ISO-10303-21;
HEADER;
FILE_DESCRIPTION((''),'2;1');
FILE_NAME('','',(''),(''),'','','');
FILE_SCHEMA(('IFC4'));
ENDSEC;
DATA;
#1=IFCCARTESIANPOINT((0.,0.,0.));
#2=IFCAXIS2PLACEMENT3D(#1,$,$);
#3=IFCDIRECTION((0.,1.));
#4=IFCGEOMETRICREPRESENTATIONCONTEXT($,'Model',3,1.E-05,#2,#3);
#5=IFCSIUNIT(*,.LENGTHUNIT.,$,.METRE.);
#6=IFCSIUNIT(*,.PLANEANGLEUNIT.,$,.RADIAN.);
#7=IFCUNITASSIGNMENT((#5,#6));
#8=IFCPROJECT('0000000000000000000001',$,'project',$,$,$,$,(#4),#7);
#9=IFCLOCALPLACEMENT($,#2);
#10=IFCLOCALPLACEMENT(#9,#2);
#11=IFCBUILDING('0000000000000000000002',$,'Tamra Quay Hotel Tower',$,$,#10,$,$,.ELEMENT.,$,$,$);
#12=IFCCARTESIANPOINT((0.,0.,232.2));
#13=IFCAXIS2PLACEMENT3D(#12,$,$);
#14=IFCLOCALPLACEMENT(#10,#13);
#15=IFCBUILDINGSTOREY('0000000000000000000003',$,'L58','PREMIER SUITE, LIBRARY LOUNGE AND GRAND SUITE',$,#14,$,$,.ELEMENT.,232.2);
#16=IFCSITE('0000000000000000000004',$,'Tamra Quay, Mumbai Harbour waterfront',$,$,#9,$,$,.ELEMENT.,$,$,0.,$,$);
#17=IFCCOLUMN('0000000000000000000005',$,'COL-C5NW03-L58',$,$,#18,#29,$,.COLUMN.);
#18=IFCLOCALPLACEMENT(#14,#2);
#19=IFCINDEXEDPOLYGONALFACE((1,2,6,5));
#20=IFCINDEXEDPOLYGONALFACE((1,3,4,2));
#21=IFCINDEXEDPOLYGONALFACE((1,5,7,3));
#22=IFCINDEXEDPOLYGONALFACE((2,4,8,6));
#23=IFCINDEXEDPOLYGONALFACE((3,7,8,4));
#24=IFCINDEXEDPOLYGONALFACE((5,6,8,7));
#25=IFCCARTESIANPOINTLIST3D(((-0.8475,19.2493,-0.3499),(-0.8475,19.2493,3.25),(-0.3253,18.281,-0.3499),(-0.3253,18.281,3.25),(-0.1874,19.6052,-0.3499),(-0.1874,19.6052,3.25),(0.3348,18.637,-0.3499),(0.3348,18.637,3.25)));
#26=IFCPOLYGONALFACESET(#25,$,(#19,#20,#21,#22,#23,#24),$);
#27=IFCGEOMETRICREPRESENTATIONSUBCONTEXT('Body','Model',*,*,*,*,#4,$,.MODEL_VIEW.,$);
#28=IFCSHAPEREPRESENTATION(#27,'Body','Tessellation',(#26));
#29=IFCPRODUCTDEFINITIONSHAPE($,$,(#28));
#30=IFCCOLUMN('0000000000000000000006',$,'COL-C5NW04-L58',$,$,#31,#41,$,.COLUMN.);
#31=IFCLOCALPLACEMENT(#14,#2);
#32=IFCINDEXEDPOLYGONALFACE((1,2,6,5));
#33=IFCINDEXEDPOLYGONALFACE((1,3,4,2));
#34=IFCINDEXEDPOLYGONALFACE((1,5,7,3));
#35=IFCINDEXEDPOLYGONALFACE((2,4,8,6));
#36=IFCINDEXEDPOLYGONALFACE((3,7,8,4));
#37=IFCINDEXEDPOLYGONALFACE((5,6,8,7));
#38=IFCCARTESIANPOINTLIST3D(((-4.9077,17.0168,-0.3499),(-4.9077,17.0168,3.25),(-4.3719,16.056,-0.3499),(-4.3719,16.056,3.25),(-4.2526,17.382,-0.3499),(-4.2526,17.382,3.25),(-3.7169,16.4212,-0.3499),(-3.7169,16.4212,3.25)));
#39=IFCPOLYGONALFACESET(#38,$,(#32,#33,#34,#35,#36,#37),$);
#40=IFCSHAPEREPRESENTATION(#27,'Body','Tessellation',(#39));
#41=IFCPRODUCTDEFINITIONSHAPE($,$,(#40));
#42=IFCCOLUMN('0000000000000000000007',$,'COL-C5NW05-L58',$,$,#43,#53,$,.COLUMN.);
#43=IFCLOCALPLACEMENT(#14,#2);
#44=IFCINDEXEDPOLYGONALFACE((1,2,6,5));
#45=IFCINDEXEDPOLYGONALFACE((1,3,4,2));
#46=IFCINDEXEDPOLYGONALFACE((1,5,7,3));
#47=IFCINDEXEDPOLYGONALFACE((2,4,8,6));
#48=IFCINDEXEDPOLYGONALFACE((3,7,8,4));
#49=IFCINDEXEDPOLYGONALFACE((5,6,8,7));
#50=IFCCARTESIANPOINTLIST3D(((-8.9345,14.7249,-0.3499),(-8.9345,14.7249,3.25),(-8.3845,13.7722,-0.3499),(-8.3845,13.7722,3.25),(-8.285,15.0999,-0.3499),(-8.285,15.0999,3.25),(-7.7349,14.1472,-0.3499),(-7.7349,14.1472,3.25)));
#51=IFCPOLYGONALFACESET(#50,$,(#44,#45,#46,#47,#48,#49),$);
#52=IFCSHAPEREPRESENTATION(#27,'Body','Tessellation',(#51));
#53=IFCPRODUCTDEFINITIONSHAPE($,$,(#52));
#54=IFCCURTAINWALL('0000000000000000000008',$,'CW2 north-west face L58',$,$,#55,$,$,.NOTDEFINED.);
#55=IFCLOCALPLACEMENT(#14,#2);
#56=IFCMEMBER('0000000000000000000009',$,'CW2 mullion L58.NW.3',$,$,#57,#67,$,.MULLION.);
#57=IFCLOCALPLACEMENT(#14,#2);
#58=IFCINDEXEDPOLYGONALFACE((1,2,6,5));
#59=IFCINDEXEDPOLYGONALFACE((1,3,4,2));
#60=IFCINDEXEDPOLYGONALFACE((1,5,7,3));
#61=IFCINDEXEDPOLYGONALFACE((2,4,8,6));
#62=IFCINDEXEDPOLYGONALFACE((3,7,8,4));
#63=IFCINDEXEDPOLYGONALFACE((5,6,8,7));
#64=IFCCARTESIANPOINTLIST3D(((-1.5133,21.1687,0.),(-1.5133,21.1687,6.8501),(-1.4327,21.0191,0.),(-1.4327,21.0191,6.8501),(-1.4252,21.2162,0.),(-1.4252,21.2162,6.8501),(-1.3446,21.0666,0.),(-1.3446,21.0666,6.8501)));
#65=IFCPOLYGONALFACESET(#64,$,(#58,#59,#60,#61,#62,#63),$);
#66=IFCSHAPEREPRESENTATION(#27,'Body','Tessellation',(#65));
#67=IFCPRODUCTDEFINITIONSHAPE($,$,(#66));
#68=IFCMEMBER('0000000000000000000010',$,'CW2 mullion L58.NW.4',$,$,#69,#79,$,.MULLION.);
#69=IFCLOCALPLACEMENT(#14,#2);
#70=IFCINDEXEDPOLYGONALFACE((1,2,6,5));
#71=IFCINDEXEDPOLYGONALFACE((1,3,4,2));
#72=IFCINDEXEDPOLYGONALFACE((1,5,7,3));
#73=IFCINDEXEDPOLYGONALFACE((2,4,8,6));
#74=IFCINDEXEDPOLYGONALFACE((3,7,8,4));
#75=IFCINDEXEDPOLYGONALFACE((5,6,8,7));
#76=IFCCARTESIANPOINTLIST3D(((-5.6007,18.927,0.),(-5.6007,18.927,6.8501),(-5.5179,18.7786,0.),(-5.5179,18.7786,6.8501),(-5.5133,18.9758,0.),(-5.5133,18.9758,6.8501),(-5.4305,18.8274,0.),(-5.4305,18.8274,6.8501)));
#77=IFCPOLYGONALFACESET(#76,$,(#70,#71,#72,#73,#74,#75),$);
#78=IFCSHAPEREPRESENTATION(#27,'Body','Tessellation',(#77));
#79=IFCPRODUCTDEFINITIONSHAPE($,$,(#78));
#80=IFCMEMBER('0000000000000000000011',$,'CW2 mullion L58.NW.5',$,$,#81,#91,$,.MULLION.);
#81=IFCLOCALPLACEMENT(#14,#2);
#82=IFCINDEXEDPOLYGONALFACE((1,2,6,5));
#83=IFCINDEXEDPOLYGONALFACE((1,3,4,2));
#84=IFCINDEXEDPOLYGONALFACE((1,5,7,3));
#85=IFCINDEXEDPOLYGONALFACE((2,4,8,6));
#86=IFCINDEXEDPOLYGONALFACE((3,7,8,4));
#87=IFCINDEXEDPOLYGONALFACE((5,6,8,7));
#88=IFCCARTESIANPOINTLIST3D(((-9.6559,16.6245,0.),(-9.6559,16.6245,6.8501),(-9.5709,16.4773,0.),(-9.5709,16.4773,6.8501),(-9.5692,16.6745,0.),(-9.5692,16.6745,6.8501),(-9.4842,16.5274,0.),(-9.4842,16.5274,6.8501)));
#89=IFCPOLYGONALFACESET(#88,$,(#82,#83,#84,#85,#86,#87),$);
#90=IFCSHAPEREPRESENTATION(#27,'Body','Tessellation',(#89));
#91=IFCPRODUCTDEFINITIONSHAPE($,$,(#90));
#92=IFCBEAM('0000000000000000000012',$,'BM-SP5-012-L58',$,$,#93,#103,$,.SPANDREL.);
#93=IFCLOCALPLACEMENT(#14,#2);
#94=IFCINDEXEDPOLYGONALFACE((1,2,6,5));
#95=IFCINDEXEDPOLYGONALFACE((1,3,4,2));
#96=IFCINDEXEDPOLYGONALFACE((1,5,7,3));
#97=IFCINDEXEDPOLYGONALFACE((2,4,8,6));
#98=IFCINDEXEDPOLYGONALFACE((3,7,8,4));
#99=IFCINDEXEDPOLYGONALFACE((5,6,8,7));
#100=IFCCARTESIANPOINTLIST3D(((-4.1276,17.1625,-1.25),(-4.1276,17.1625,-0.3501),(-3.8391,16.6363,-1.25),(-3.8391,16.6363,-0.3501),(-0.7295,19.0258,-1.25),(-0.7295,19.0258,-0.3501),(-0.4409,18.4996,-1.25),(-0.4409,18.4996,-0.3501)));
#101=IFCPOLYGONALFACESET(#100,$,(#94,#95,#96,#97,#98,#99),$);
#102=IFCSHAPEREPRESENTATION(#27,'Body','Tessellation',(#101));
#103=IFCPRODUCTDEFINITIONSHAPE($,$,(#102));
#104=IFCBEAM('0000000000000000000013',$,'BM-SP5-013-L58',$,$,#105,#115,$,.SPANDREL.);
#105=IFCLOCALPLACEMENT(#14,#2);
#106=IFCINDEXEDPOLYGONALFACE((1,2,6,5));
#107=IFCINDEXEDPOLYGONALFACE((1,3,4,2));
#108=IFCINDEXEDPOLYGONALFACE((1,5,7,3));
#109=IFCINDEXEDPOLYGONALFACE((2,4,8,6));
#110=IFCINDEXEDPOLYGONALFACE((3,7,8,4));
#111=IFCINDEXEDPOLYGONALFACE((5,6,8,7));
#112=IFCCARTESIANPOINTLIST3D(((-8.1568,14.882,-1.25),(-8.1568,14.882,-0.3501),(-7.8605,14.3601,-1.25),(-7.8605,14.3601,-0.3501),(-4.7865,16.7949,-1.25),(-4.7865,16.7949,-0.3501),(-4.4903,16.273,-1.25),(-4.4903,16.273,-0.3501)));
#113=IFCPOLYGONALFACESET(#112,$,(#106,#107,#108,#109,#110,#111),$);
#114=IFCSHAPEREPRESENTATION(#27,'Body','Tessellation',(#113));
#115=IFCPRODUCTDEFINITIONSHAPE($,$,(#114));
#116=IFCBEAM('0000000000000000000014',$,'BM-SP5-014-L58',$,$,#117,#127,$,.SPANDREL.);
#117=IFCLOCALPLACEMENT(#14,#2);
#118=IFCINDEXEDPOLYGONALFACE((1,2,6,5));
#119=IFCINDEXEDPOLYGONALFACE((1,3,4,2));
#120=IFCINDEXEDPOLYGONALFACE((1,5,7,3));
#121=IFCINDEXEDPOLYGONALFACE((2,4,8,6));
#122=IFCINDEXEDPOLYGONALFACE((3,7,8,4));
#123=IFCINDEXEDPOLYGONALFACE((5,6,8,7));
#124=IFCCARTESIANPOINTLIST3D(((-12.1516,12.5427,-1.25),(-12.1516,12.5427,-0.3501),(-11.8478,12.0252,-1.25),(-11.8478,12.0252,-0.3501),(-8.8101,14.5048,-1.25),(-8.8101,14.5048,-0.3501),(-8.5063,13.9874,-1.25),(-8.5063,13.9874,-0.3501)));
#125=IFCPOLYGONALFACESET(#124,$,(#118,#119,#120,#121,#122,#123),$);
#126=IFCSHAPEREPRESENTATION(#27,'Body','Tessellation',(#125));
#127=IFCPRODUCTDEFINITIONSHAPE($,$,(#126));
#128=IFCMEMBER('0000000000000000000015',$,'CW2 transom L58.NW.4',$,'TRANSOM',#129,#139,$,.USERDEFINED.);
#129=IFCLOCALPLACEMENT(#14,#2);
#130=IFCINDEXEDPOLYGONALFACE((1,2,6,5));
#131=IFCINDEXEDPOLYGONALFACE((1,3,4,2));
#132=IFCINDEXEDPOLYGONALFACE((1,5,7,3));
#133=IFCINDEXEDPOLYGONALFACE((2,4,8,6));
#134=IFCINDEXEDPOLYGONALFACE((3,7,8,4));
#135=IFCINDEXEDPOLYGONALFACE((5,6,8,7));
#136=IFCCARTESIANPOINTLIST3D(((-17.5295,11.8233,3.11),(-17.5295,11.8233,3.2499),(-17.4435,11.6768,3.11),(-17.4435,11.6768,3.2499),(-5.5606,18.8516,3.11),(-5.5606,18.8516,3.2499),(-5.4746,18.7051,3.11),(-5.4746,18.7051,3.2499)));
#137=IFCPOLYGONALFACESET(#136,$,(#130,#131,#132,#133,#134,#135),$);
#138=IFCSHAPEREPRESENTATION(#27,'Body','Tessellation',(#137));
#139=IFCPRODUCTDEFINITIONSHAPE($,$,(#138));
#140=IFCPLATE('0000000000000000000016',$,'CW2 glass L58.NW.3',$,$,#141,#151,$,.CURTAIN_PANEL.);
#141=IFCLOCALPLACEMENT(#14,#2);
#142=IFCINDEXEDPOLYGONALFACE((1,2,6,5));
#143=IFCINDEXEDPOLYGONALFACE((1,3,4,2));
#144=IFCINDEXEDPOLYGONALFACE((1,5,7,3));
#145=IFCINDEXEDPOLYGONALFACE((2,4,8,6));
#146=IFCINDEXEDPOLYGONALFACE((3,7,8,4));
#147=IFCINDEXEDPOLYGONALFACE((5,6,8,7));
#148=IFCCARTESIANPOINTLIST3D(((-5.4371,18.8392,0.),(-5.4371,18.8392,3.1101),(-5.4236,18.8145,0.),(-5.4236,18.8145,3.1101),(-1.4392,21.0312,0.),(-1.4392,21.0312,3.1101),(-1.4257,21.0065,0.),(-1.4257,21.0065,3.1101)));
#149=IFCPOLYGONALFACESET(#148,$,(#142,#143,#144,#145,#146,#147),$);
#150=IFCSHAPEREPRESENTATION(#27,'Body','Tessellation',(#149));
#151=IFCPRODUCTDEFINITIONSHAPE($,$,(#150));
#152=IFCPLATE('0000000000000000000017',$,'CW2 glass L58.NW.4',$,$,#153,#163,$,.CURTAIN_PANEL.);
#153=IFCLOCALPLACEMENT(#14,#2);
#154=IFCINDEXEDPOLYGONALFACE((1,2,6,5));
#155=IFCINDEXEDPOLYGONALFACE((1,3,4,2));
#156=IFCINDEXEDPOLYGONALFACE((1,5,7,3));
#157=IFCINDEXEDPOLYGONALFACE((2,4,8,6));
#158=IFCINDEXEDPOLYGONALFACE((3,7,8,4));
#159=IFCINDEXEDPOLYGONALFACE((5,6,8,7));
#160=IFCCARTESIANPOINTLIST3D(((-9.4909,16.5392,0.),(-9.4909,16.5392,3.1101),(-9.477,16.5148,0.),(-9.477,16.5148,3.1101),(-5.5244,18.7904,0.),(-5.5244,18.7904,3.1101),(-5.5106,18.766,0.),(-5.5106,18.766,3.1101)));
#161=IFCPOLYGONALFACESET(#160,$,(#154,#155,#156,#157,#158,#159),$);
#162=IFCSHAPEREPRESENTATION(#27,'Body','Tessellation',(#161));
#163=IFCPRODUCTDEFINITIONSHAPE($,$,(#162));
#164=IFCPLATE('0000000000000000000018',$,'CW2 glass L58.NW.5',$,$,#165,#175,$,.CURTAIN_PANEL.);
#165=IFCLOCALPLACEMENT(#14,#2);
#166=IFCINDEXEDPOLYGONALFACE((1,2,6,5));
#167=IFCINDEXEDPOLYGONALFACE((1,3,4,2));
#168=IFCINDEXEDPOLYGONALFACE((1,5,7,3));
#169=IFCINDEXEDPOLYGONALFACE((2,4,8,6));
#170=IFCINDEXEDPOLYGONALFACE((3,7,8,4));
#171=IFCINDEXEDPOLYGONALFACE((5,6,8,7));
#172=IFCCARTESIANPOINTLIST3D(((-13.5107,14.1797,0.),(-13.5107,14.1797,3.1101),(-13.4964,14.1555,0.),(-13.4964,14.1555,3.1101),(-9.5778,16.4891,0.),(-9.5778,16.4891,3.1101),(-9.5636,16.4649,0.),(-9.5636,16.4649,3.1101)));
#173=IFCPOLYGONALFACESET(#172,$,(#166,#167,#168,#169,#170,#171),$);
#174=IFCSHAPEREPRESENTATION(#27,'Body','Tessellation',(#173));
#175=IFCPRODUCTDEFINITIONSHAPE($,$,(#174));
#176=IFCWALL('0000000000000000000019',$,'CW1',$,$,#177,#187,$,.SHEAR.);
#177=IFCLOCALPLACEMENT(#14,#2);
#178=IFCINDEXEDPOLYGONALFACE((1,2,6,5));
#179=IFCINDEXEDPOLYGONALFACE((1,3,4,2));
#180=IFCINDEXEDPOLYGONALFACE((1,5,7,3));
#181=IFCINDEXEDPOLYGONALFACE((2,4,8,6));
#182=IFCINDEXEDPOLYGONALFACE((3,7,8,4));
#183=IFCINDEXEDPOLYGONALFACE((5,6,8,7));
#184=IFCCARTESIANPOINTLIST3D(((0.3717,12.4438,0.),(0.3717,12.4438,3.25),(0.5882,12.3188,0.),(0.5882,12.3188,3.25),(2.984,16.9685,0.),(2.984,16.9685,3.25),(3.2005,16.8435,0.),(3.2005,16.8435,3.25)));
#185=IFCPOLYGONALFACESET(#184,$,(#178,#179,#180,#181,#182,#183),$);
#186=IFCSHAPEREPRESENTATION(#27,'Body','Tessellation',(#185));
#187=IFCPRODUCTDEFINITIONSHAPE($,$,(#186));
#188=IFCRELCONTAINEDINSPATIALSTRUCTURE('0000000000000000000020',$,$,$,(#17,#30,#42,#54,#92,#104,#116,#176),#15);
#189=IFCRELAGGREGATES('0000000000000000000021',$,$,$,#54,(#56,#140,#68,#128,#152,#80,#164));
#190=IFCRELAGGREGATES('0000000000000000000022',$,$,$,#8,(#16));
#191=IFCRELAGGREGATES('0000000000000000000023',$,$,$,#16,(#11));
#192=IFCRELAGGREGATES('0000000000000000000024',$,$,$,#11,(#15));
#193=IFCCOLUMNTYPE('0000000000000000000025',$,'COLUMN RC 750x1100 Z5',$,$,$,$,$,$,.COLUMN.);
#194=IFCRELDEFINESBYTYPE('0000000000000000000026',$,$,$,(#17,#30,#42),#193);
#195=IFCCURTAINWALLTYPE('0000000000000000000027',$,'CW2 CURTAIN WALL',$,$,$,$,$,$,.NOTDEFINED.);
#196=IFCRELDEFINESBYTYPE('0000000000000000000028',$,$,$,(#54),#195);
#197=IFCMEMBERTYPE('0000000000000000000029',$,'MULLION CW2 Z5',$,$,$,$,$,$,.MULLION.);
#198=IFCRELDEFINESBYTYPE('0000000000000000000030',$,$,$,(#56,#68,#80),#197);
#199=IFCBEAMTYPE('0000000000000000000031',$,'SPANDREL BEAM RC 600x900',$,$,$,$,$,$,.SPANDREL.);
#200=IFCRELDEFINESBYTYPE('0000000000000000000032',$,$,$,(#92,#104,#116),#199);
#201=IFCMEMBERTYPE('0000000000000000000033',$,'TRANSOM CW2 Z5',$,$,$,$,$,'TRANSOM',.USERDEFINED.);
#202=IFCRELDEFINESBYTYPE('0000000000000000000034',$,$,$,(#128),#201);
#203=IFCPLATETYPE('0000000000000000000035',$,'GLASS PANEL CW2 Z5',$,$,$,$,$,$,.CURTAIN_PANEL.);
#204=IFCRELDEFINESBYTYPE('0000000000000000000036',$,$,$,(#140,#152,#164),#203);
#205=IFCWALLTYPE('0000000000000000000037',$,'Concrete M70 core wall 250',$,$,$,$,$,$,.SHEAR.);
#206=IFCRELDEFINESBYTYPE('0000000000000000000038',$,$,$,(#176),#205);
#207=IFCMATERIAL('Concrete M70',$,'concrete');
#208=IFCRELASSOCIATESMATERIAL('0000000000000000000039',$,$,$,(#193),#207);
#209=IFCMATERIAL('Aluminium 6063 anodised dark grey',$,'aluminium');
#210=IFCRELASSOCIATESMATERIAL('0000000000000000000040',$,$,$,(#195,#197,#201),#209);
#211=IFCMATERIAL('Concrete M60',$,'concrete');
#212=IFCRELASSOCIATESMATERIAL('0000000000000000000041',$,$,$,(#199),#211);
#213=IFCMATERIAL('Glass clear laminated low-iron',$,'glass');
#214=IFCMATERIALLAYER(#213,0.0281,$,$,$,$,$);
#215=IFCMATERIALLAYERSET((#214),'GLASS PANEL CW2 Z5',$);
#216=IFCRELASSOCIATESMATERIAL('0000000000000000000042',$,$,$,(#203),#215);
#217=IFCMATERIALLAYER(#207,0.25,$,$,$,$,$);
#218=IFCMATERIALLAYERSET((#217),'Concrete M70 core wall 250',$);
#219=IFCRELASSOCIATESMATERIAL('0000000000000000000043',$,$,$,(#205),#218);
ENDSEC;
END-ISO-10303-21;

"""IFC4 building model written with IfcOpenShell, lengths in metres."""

from ifc_helpers import new_model, si_unit, direction, frame, frame_2d, origin, origin_2d, place, context, subcontext, project, spatial, rectangle, extrude, material, layer, layer_set, material_profile, profile_set, type_object, element, aggregate, save


model = new_model("IFC4")

# Units and contexts
model_context = context("Model", 3, precision=1e-05, world=origin(), true_north=direction((0.0, 1.0)))
body_context = subcontext(model_context, "Body", "Model", "MODEL_VIEW")
ifc_project = project(units=[si_unit("LENGTHUNIT", "METRE"), si_unit("PLANEANGLEUNIT", "RADIAN")], contexts=[model_context])

# Site, building, storey
site_placement = place(None, origin())
site = spatial("IfcSite", under=ifc_project, at=site_placement, Name="Tamra Quay, Mumbai Harbour waterfront", CompositionType="ELEMENT", RefElevation=0.0)
building_placement = place(site_placement, origin())
building = spatial("IfcBuilding", under=site, at=building_placement, Name="Tamra Quay Hotel Tower", CompositionType="ELEMENT")
storey_placement = place(building_placement, frame((0.0, 0.0, 232.2)))
storey = spatial("IfcBuildingStorey", under=building, at=storey_placement, Name="L58", Description="PREMIER SUITE, LIBRARY LOUNGE AND GRAND SUITE", CompositionType="ELEMENT", Elevation=232.2)

# Columns
ifc_material_1 = material(Name="Concrete M70", Category="concrete")
ifc_material_profile_1 = material_profile(ifc_material_1, rectangle(XDim=1.1001, YDim=0.75, at=origin_2d()), Name="COLUMN RC 750x1100 Z5")
ifc_profile_set_1 = profile_set([ifc_material_profile_1], Name="Concrete M70")
column_type = type_object("IfcColumnType", Name="COLUMN RC 750x1100 Z5", PredefinedType="COLUMN", material=ifc_profile_set_1)
for number, where, z_axis, x_axis, name in (
    (1, (-0.2563, 18.9431, -0.3499), (0.0, 0.0, 1.0), (-0.474651, 0.880174, 0.0), "COL-C5NW03-L58"),
    (2, (-4.3123, 16.719, -0.3499), (0.0, 0.0, 1.0), (-0.486989, 0.873408, 0.0), "COL-C5NW04-L58"),
    (3, (-8.3347, 14.436, -0.3499), (0.0, 0.0, 1.0), (-0.5, 0.866025, 0.0), "COL-C5NW05-L58"),
):
    element("IfcColumn", number, at=place(storey_placement, frame(where, z_axis=z_axis, x_axis=x_axis)), inside=storey, type_object=column_type, Name=name, PredefinedType="COLUMN", context=body_context, shape_type="SweptSolid", body=[
        extrude(rectangle(XDim=1.1001, YDim=0.75, at=origin_2d()), origin(), (0.0, 0.0, 1.0), 3.5999),
    ])

# Curtain wall, members
ifc_material_2 = material(Name="Aluminium 6063 anodised dark grey", Category="aluminium")
curtain_wall_type = type_object("IfcCurtainWallType", Name="CW2 CURTAIN WALL", PredefinedType="NOTDEFINED", material=ifc_material_2)
curtain_wall_placement = place(storey_placement, origin())
curtain_wall = element("IfcCurtainWall", 4, at=curtain_wall_placement, inside=storey, type_object=curtain_wall_type, Name="CW2 north-west face L58", PredefinedType="NOTDEFINED")
ifc_material_profile_2 = material_profile(ifc_material_2, rectangle(XDim=0.1699, YDim=0.1001, at=origin_2d()), Name="MULLION 100X170")
ifc_profile_set_2 = profile_set([ifc_material_profile_2], Name="Aluminium 6063 anodised dark grey")
member_type_1 = type_object("IfcMemberType", Name="MULLION CW2 Z5", PredefinedType="MULLION", material=ifc_profile_set_2)
member_1_placement = place(storey_placement, frame((-1.429, 21.1177, 0.0), z_axis=(0.0, 0.0, 1.0), x_axis=(-0.474319, 0.880353, 0.0)))
member_1 = element("IfcMember", 5, at=member_1_placement, type_object=member_type_1, Name="CW2 mullion L58.NW.3", PredefinedType="MULLION", context=body_context, shape_type="SweptSolid", body=[
    extrude(rectangle(XDim=0.1699, YDim=0.1001, at=origin_2d()), origin(), (0.0, 0.0, 1.0), 6.8501),
])
member_2_placement = place(storey_placement, frame((-5.5156, 18.8772, 0.0), z_axis=(0.0, 0.0, 1.0), x_axis=(-0.487204, 0.873288, 0.0)))
member_2 = element("IfcMember", 6, at=member_2_placement, type_object=member_type_1, Name="CW2 mullion L58.NW.4", PredefinedType="MULLION", context=body_context, shape_type="SweptSolid", body=[
    extrude(rectangle(XDim=0.1699, YDim=0.1001, at=origin_2d()), origin(), (0.0, 0.0, 1.0), 6.8501),
])
member_3_placement = place(storey_placement, frame((-9.5701, 16.5759, 0.0), z_axis=(0.0, 0.0, 1.0), x_axis=(-0.5, 0.866025, 0.0)))
member_3 = element("IfcMember", 7, at=member_3_placement, type_object=member_type_1, Name="CW2 mullion L58.NW.5", PredefinedType="MULLION", context=body_context, shape_type="SweptSolid", body=[
    extrude(rectangle(XDim=0.1699, YDim=0.1001, at=origin_2d()), origin(), (0.0, 0.0, 1.0), 6.8501),
])

# Beams
ifc_material_3 = material(Name="Concrete M60", Category="concrete")
ifc_material_profile_3 = material_profile(ifc_material_3, rectangle(XDim=0.6001, YDim=0.8999, at=origin_2d()), Name="SPANDREL BEAM RC 600x900")
ifc_profile_set_3 = profile_set([ifc_material_profile_3], Name="Concrete M60")
beam_type = type_object("IfcBeamType", Name="SPANDREL BEAM RC 600x900", PredefinedType="SPANDREL", material=ifc_profile_set_3)
beam_1_placement = place(storey_placement, frame((-0.5852, 18.7627, -0.8), z_axis=(-0.876839, -0.480784, 0.0), x_axis=(0.480784, -0.876839, 0.0)))
element("IfcBeam", 8, at=beam_1_placement, inside=storey, type_object=beam_type, Name="BM-SP5-012-L58", PredefinedType="SPANDREL", context=body_context, shape_type="SweptSolid", body=[
    extrude(rectangle(XDim=0.6001, YDim=0.8999, at=origin_2d()), origin(), (0.0, 0.0, 1.0), 3.8755),
])
beam_2_placement = place(storey_placement, frame((-4.6384, 16.5339, -0.8), z_axis=(-0.869678, -0.49362, 0.0), x_axis=(0.49362, -0.869678, 0.0)))
element("IfcBeam", 9, at=beam_2_placement, inside=storey, type_object=beam_type, Name="BM-SP5-013-L58", PredefinedType="SPANDREL", context=body_context, shape_type="SweptSolid", body=[
    extrude(rectangle(XDim=0.6001, YDim=0.8999, at=origin_2d()), origin(), (0.0, 0.0, 1.0), 3.8752),
])
beam_3_placement = place(storey_placement, frame((-8.6582, 14.2461, -0.8), z_axis=(-0.862324, -0.506356, 0.0), x_axis=(0.506356, -0.862324, 0.0)))
element("IfcBeam", 10, at=beam_3_placement, inside=storey, type_object=beam_type, Name="BM-SP5-014-L58", PredefinedType="SPANDREL", context=body_context, shape_type="SweptSolid", body=[
    extrude(rectangle(XDim=0.6001, YDim=0.8999, at=origin_2d()), origin(), (0.0, 0.0, 1.0), 3.875),
])

# Member
ifc_material_profile_4 = material_profile(ifc_material_2, rectangle(XDim=0.1699, YDim=0.1399, at=origin_2d()), Name="TRANSOM 170X140")
ifc_profile_set_4 = profile_set([ifc_material_profile_4], Name="Aluminium 6063 anodised dark grey")
member_type_2 = type_object("IfcMemberType", Name="TRANSOM CW2 Z5", ElementType="TRANSOM", PredefinedType="USERDEFINED", material=ifc_profile_set_4)
member_4_placement = place(storey_placement, frame((-5.5176, 18.7783, 3.1799), z_axis=(-0.86232, -0.506364, 0.0), x_axis=(0.506364, -0.86232, 0.0)))
member_4 = element("IfcMember", 11, at=member_4_placement, type_object=member_type_2, Name="CW2 transom L58.NW.4", ObjectType="TRANSOM", PredefinedType="USERDEFINED", context=body_context, shape_type="SweptSolid", body=[
    extrude(rectangle(XDim=0.1699, YDim=0.1399, at=origin_2d()), origin(), (0.0, 0.0, 1.0), 13.8799),
])

# Plates
ifc_material_4 = material(Name="Glass clear laminated low-iron", Category="glass")
ifc_layer_1 = layer(ifc_material_4, 0.0281)
ifc_layer_set_1 = layer_set([ifc_layer_1], Name="GLASS PANEL CW2 Z5")
plate_type = type_object("IfcPlateType", Name="GLASS PANEL CW2 Z5", PredefinedType="CURTAIN_PANEL", material=ifc_layer_set_1)
plate_1_placement = place(storey_placement, frame((-3.4314, 19.9229, 0.0), z_axis=(0.0, 0.0, 1.0), x_axis=(-0.876846, -0.480771, 0.0)))
plate_1 = element("IfcPlate", 12, at=plate_1_placement, type_object=plate_type, Name="CW2 glass L58.NW.3", PredefinedType="CURTAIN_PANEL", context=body_context, shape_type="SweptSolid", body=[
    extrude(rectangle(XDim=4.5593, YDim=0.0281, at=origin_2d()), origin(), (0.0, 0.0, 1.0), 3.1101),
])
plate_2_placement = place(storey_placement, frame((-7.5007, 17.6526, 0.0), z_axis=(0.0, 0.0, 1.0), x_axis=(-0.869683, -0.493611, 0.0)))
plate_2 = element("IfcPlate", 13, at=plate_2_placement, type_object=plate_type, Name="CW2 glass L58.NW.4", PredefinedType="CURTAIN_PANEL", context=body_context, shape_type="SweptSolid", body=[
    extrude(rectangle(XDim=4.5608, YDim=0.0281, at=origin_2d()), origin(), (0.0, 0.0, 1.0), 3.1101),
])
plate_3_placement = place(storey_placement, frame((-11.5371, 15.3223, 0.0), z_axis=(0.0, 0.0, 1.0), x_axis=(-0.862321, -0.506362, 0.0)))
plate_3 = element("IfcPlate", 14, at=plate_3_placement, type_object=plate_type, Name="CW2 glass L58.NW.5", PredefinedType="CURTAIN_PANEL", context=body_context, shape_type="SweptSolid", body=[
    extrude(rectangle(XDim=4.5608, YDim=0.0281, at=origin_2d()), origin(), (0.0, 0.0, 1.0), 3.1101),
])
aggregate(curtain_wall, [member_1, plate_1, member_2, member_4, plate_2, member_3, plate_3])

# Wall
ifc_layer_2 = layer(ifc_material_1, 0.25)
ifc_layer_set_2 = layer_set([ifc_layer_2], Name="Concrete M70 core wall 250")
wall_type_1 = type_object("IfcWallType", Name="Concrete M70 core wall 250", PredefinedType="SHEAR", material=ifc_layer_set_2)
wall_1_placement = place(storey_placement, frame((0.48, 12.3813, 0.0), z_axis=(0.0, 0.0, 1.0), x_axis=(0.499999, 0.866026, 0.0)))
element("IfcWall", 15, at=wall_1_placement, inside=storey, type_object=wall_type_1, Name="CW1", PredefinedType="SHEAR", context=body_context, shape_type="SweptSolid", body=[
    extrude(rectangle(XDim=5.2246, YDim=0.25, at=frame_2d((2.6123, 0.0))), origin(), (0.0, 0.0, 1.0), 3.25),
])

save(model, "model.ifc")
